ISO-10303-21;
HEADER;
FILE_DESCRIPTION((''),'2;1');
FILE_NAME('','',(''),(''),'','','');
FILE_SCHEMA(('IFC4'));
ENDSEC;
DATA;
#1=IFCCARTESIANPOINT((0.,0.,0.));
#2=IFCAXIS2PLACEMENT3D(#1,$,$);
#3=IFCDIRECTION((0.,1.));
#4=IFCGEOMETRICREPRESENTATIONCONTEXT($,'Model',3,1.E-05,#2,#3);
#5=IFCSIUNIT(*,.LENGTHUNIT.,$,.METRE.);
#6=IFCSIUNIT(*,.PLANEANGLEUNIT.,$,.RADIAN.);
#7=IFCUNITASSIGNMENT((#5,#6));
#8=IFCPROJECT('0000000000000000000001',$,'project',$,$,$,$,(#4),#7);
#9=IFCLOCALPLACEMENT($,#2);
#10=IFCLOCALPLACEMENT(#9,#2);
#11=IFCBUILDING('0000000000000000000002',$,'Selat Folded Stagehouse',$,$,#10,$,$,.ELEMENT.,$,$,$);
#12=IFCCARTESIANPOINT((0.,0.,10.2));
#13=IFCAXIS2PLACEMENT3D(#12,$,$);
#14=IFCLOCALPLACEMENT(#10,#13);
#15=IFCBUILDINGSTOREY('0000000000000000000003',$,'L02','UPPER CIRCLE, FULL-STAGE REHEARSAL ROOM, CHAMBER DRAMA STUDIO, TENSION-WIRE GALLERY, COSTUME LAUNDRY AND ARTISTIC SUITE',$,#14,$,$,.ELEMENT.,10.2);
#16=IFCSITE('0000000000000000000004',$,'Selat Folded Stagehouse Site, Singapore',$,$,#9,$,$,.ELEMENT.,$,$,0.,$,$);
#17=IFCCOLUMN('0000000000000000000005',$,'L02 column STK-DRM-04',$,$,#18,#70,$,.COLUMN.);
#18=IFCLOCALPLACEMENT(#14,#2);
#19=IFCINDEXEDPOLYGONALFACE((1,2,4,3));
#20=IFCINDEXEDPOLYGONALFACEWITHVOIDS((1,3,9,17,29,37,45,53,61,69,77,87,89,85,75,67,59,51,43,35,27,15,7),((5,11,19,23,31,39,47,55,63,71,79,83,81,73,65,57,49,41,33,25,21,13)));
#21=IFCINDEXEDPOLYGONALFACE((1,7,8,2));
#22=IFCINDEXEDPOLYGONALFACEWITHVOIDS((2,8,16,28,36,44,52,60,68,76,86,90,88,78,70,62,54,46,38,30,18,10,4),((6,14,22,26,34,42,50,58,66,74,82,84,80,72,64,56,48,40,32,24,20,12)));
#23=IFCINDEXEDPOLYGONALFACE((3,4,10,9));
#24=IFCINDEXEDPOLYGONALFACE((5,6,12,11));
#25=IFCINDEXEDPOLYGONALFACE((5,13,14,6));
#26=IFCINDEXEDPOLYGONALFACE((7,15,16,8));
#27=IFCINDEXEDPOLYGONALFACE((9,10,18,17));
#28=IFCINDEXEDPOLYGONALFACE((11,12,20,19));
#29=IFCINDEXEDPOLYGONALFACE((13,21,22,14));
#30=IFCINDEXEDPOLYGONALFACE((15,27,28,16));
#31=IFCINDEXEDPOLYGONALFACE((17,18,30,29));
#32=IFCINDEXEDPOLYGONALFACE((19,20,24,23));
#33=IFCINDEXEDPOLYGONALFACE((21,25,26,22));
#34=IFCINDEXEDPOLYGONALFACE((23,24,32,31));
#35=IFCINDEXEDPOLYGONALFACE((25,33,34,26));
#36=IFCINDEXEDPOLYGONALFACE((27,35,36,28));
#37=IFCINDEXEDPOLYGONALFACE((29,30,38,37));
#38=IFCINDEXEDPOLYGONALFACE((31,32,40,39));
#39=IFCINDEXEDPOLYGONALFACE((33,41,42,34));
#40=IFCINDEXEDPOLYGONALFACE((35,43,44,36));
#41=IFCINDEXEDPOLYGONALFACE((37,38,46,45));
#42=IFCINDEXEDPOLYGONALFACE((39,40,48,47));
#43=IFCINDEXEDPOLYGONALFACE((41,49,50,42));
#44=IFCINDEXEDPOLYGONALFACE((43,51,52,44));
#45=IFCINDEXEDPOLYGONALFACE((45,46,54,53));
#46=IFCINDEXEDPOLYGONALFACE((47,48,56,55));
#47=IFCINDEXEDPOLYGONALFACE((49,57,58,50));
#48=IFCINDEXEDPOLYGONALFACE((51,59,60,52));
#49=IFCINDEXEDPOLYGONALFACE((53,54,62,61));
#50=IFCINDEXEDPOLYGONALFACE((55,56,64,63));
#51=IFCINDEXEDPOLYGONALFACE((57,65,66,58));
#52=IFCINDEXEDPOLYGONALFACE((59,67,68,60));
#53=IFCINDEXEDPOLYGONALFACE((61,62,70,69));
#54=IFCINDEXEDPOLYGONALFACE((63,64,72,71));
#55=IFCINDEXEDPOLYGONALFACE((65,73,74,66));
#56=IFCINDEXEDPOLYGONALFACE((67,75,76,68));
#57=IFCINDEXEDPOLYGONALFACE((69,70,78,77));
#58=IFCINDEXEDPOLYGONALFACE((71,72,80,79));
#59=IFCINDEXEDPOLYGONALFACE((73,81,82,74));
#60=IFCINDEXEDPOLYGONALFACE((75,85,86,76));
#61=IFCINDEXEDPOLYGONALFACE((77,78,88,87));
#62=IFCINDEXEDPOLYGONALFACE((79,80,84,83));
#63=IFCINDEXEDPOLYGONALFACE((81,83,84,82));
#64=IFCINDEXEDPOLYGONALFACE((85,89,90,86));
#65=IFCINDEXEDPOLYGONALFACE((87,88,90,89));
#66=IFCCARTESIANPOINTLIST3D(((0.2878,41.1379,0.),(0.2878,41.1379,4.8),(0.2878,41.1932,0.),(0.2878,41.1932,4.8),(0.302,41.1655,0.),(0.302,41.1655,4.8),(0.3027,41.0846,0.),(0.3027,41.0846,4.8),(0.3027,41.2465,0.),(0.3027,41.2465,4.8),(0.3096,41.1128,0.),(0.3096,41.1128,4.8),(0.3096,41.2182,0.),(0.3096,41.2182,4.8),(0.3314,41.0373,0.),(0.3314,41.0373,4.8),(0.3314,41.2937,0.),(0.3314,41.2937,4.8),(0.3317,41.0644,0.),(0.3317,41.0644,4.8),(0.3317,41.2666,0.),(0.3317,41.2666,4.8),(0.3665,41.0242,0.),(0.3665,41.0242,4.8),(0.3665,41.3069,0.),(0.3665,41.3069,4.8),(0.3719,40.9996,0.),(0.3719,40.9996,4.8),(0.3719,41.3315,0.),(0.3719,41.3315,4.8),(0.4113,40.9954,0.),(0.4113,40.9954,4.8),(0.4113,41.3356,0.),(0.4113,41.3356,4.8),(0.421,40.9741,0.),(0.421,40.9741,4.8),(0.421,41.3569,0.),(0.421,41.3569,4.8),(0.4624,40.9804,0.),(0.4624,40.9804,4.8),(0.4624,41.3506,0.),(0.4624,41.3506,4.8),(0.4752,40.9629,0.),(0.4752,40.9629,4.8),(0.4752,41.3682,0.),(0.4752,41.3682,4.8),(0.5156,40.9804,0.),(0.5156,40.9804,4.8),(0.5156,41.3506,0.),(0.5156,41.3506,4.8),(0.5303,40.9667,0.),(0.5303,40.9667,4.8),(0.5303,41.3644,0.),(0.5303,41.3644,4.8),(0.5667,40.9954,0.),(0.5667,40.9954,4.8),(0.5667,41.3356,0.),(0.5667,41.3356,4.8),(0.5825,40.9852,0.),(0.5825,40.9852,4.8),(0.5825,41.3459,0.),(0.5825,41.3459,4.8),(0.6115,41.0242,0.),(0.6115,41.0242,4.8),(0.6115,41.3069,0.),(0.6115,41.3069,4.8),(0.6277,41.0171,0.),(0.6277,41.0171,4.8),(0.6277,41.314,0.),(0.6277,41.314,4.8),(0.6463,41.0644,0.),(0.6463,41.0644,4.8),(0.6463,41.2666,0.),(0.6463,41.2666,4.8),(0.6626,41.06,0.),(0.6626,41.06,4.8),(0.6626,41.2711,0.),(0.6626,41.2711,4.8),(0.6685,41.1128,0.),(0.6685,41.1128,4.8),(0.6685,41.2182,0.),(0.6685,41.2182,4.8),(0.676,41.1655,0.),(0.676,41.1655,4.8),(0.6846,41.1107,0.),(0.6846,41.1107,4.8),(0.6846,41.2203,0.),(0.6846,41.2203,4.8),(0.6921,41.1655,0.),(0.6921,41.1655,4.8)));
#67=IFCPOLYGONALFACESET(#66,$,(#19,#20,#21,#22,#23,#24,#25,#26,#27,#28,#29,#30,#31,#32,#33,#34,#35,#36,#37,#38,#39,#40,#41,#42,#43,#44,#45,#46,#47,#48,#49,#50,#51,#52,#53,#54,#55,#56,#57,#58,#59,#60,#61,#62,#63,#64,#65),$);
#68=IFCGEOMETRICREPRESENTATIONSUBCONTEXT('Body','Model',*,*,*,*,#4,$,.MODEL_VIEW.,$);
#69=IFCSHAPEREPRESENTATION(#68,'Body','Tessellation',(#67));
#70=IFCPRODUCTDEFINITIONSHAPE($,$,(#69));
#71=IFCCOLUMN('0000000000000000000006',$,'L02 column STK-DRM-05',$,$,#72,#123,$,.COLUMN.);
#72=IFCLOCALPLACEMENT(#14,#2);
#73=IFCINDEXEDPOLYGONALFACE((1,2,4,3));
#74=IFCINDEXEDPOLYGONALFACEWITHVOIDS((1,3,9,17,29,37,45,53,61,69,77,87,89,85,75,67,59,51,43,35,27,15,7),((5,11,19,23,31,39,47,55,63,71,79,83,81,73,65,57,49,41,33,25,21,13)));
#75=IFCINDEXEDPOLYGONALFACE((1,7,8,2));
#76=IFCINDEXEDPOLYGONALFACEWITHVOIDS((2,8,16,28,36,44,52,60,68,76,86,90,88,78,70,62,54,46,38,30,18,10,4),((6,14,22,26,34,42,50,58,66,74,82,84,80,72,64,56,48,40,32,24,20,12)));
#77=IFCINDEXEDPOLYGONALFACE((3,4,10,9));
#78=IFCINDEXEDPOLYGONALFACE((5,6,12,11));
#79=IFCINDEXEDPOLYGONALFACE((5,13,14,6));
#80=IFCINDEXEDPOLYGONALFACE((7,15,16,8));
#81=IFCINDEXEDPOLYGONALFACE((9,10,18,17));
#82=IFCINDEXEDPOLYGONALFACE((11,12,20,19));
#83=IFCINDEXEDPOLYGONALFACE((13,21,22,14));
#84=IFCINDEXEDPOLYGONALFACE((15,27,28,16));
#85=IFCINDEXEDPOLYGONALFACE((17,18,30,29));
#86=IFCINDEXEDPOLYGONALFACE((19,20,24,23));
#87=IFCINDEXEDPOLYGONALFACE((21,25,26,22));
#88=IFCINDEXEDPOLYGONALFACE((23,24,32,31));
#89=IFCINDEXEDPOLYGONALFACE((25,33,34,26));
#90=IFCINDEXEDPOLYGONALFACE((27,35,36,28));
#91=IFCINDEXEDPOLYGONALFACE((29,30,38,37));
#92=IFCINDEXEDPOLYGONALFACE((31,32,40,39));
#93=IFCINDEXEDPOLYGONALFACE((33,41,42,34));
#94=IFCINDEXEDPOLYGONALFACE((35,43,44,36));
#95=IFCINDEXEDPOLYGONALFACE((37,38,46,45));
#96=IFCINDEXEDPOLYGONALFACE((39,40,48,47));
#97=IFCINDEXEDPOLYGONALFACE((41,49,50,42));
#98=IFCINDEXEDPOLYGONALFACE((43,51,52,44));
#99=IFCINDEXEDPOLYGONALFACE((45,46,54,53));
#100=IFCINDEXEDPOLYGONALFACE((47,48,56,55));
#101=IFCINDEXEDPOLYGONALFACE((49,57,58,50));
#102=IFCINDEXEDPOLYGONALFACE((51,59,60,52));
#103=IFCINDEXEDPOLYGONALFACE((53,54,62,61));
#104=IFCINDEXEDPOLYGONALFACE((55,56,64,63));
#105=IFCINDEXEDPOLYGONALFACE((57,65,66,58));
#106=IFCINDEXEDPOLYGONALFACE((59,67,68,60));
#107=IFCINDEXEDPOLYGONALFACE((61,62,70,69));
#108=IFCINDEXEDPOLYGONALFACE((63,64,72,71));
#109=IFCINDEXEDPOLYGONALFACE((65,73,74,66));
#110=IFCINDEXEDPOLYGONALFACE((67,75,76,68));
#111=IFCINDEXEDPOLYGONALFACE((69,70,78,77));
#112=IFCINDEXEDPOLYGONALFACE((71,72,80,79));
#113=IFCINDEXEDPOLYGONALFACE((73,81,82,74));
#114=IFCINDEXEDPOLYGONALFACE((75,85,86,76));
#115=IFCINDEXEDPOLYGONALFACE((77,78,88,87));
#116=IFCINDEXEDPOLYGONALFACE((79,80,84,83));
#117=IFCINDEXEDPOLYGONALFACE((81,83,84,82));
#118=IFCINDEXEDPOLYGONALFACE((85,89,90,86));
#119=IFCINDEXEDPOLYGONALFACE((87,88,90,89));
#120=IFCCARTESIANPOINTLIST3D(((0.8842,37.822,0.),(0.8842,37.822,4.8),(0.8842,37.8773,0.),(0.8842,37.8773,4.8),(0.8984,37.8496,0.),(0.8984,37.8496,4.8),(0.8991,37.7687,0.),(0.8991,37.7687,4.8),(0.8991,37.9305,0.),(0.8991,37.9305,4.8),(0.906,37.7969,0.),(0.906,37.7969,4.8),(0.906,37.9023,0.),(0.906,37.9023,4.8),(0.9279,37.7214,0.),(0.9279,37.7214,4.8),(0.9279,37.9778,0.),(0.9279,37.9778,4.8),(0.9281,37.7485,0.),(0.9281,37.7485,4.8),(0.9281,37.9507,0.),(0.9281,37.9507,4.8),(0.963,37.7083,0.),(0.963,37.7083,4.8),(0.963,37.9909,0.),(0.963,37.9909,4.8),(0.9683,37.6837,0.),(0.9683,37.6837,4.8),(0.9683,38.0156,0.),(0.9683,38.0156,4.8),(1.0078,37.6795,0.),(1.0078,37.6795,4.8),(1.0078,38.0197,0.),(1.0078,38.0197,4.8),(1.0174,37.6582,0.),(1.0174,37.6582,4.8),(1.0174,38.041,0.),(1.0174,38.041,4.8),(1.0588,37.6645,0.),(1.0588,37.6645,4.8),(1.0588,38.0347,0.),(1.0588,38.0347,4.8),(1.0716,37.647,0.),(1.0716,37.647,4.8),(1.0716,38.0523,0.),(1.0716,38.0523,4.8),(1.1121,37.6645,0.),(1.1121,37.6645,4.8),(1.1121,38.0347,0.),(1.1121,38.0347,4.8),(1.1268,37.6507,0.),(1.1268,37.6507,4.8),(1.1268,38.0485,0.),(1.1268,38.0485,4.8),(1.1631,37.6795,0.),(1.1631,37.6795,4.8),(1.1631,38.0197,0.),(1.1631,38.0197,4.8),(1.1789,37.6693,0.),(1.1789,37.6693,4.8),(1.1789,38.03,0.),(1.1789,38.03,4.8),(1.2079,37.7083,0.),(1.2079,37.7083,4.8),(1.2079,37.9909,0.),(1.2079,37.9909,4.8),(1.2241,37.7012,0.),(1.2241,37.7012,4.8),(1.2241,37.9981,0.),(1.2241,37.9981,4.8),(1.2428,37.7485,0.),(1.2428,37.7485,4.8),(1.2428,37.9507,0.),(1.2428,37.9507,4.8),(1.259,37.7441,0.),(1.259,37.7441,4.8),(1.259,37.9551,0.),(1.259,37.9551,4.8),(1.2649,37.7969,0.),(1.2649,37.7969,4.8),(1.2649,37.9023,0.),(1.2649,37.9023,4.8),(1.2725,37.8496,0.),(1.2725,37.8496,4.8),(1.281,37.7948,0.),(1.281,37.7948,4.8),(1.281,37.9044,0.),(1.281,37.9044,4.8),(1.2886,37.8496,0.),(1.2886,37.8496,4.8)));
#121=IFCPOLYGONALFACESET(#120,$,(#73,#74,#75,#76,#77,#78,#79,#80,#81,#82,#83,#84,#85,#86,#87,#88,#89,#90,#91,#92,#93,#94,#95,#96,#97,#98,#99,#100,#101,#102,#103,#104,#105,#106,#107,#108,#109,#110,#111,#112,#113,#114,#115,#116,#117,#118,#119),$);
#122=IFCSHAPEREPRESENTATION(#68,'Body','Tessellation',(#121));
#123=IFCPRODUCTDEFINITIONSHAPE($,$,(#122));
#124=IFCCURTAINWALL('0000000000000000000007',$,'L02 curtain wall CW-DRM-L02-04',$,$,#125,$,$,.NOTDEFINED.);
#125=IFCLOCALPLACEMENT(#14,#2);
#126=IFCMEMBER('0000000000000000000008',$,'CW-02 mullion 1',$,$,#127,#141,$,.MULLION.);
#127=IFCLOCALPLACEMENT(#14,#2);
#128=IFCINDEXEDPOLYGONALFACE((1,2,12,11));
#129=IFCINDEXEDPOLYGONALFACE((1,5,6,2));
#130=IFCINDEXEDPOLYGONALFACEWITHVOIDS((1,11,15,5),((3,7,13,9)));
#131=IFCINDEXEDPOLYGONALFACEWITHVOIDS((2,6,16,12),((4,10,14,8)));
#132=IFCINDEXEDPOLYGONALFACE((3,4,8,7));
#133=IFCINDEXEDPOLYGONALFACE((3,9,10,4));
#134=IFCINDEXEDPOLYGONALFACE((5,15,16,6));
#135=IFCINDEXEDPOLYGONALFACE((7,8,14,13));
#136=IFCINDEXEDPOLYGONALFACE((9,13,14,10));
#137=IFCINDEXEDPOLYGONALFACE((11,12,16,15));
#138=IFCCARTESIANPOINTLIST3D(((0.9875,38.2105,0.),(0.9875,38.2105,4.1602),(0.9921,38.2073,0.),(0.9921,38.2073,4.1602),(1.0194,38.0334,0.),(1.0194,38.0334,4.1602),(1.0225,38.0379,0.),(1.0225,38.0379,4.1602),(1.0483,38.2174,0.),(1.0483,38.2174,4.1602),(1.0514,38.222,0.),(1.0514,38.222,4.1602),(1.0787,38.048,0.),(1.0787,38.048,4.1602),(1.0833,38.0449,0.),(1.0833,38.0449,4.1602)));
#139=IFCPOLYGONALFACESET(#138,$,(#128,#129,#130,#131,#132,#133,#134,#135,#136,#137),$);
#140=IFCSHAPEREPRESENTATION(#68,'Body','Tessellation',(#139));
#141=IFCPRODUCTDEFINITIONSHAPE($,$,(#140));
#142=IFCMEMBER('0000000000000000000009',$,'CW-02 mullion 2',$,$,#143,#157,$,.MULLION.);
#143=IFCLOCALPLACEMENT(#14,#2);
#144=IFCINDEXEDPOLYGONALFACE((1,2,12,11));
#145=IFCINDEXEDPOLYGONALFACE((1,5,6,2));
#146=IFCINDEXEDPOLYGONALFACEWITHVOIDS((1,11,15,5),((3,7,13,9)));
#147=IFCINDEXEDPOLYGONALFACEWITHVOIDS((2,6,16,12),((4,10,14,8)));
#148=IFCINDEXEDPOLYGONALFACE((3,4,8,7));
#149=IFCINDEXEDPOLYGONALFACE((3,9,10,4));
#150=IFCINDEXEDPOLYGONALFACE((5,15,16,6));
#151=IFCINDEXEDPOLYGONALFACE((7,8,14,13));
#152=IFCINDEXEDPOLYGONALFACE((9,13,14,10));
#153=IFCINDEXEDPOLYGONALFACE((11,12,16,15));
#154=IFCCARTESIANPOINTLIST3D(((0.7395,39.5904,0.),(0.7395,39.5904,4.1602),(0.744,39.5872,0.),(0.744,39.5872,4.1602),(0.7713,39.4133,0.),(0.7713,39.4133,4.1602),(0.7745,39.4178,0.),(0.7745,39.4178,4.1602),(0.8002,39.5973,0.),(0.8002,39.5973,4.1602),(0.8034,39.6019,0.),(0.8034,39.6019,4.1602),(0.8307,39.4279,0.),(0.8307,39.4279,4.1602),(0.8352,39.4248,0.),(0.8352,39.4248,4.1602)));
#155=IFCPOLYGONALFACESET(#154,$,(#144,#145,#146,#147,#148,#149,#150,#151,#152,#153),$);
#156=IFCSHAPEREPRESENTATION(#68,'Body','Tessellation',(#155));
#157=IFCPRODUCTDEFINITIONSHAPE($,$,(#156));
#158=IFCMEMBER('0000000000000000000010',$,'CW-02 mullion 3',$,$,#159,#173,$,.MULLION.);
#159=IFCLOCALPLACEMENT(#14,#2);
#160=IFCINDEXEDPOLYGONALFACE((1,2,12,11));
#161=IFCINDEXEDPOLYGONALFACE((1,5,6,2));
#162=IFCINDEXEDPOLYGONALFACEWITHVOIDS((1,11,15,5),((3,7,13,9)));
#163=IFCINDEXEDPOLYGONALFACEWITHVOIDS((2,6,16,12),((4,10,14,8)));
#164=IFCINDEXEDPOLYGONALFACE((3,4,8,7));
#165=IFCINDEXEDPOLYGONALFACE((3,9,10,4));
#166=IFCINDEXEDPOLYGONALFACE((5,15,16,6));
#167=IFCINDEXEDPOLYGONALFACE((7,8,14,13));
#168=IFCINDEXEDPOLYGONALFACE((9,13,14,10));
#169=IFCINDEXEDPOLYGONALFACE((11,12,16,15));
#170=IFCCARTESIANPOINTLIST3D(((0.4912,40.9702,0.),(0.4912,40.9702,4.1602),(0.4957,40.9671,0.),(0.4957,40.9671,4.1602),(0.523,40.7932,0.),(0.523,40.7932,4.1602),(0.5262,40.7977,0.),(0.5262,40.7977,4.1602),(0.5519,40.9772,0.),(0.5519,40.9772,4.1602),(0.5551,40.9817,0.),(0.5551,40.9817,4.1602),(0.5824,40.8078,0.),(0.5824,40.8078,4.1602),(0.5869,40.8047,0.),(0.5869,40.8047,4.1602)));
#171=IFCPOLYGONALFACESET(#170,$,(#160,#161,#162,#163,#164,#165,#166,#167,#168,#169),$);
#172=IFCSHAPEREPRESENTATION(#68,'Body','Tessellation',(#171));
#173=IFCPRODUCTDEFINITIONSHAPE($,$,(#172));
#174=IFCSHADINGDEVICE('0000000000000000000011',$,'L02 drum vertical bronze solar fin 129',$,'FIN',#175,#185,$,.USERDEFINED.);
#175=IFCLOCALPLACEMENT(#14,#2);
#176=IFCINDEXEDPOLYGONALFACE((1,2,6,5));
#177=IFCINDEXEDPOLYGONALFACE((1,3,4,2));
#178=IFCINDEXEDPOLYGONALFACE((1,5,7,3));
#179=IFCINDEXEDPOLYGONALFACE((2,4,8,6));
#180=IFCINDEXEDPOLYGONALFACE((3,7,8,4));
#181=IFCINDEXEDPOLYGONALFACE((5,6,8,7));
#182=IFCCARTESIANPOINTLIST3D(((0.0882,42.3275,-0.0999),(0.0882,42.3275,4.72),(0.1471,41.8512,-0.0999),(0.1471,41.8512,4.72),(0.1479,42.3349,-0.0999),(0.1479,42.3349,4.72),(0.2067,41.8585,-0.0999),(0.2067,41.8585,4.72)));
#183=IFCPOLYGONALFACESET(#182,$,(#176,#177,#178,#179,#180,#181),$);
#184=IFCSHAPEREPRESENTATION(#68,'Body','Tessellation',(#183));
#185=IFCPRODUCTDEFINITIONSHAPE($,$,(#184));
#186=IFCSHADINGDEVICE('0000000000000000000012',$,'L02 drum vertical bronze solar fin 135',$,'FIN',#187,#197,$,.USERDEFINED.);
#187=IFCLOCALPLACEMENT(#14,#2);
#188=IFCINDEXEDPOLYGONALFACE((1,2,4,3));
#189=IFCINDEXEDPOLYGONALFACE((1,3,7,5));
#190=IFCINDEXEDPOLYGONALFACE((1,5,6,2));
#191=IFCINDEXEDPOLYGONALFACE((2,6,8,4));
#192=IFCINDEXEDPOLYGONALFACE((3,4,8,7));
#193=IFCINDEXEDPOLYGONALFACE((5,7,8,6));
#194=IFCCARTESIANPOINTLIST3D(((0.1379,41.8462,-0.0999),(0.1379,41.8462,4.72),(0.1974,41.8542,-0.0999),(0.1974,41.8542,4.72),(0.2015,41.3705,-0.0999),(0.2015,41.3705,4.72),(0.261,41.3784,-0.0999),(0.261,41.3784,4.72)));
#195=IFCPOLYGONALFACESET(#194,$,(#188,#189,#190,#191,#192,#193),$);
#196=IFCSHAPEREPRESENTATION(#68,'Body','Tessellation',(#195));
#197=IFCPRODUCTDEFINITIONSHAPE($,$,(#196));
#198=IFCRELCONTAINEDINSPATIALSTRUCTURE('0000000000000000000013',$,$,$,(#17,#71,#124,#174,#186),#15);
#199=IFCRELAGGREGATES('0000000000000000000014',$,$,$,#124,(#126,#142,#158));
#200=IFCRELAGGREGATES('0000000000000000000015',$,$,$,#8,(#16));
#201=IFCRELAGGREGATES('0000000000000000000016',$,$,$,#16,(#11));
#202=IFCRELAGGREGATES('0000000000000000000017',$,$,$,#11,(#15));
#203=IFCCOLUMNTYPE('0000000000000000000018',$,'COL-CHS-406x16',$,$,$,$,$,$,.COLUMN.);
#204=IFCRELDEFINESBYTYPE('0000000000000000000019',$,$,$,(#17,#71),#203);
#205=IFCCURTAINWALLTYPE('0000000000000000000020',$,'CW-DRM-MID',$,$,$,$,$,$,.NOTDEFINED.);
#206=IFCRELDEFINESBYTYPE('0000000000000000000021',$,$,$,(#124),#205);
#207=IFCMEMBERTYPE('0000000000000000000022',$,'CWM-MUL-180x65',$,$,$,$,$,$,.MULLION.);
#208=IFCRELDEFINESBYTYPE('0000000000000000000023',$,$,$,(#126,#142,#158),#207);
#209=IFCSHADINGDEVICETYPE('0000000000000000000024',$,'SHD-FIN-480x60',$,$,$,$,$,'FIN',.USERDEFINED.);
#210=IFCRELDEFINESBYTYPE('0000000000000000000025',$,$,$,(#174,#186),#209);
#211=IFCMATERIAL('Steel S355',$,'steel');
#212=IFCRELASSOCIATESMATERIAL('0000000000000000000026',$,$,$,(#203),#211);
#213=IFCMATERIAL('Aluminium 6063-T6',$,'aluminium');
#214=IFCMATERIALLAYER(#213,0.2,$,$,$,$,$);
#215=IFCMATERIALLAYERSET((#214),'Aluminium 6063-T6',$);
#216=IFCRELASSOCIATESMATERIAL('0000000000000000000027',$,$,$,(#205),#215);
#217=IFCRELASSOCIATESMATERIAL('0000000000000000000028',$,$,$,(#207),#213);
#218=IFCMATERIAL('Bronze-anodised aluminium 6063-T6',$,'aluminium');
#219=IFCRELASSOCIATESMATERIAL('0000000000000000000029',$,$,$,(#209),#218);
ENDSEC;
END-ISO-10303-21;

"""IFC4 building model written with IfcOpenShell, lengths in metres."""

from ifc_helpers import new_model, si_unit, direction, frame, origin, origin_2d, place, context, subcontext, project, spatial, rectangle, hollow_rectangle, hollow_circle, extrude, material, layer, layer_set, material_profile, profile_set, type_object, element, aggregate, save


model = new_model("IFC4")

# Units and contexts
model_context = context("Model", 3, precision=1e-05, world=origin(), true_north=direction((0.0, 1.0)))
body_context = subcontext(model_context, "Body", "Model", "MODEL_VIEW")
ifc_project = project(units=[si_unit("LENGTHUNIT", "METRE"), si_unit("PLANEANGLEUNIT", "RADIAN")], contexts=[model_context])

# Site, building, storey
site_placement = place(None, origin())
site = spatial("IfcSite", under=ifc_project, at=site_placement, Name="Selat Folded Stagehouse Site, Singapore", CompositionType="ELEMENT", RefElevation=0.0)
building_placement = place(site_placement, origin())
building = spatial("IfcBuilding", under=site, at=building_placement, Name="Selat Folded Stagehouse", CompositionType="ELEMENT")
storey_placement = place(building_placement, frame((0.0, 0.0, 10.2)))
storey = spatial("IfcBuildingStorey", under=building, at=storey_placement, Name="L02", Description="UPPER CIRCLE, FULL-STAGE REHEARSAL ROOM, CHAMBER DRAMA STUDIO, TENSION-WIRE GALLERY, COSTUME LAUNDRY AND ARTISTIC SUITE", CompositionType="ELEMENT", Elevation=10.2)

# Columns
ifc_material_1 = material(Name="Steel S355", Category="steel")
ifc_material_profile_1 = material_profile(ifc_material_1, hollow_circle(Radius=0.2031, WallThickness=0.0161, at=origin_2d()), Name="CHS 406.4x16.0")
ifc_profile_set_1 = profile_set([ifc_material_profile_1], Name="Steel S355")
column_type = type_object("IfcColumnType", Name="COL-CHS-406x16", PredefinedType="COLUMN", material=ifc_profile_set_1)
for number, where, z_axis, x_axis, name in (
    (1, (0.489, 41.1655, 0.0), (0.0, 0.0, 1.0), (1.0, 0.0, 0.0), "L02 column STK-DRM-04"),
    (2, (1.0854, 37.8496, 0.0), (0.0, 0.0, 1.0), (1.0, 0.0, 0.0), "L02 column STK-DRM-05"),
):
    element("IfcColumn", number, at=place(storey_placement, frame(where, z_axis=z_axis, x_axis=x_axis)), inside=storey, type_object=column_type, Name=name, PredefinedType="COLUMN", context=body_context, shape_type="SweptSolid", body=[
        extrude(hollow_circle(Radius=0.2031, WallThickness=0.0161, at=origin_2d()), origin(), (0.0, 0.0, 1.0), 4.8),
    ])

# Curtain wall, members
ifc_material_2 = material(Name="Aluminium 6063-T6", Category="aluminium")
ifc_layer = layer(ifc_material_2, 0.2)
ifc_layer_set = layer_set([ifc_layer], Name="Aluminium 6063-T6")
curtain_wall_type = type_object("IfcCurtainWallType", Name="CW-DRM-MID", PredefinedType="NOTDEFINED", material=ifc_layer_set)
curtain_wall_placement = place(storey_placement, origin())
curtain_wall = element("IfcCurtainWall", 3, at=curtain_wall_placement, inside=storey, type_object=curtain_wall_type, Name="L02 curtain wall CW-DRM-L02-04", PredefinedType="NOTDEFINED")
ifc_material_profile_2 = material_profile(ifc_material_2, hollow_rectangle(XDim=0.0649, YDim=0.1799, WallThickness=0.0039, at=origin_2d()), Name="ALU 180x65x4.0")
ifc_profile_set_2 = profile_set([ifc_material_profile_2], Name="Aluminium 6063-T6")
member_type = type_object("IfcMemberType", Name="CWM-MUL-180x65", PredefinedType="MULLION", material=ifc_profile_set_2)
member_1_placement = place(storey_placement, frame((1.0354, 38.1277, 0.0), z_axis=(0.0, 0.0, 1.0), x_axis=(-0.984211, -0.177002, 0.0)))
member_1 = element("IfcMember", 4, at=member_1_placement, type_object=member_type, Name="CW-02 mullion 1", PredefinedType="MULLION", context=body_context, shape_type="SweptSolid", body=[
    extrude(hollow_rectangle(XDim=0.0649, YDim=0.1799, WallThickness=0.0039, at=origin_2d()), origin(), (0.0, 0.0, 1.0), 4.1602),
])
member_2_placement = place(storey_placement, frame((0.7874, 39.5076, 0.0), z_axis=(0.0, 0.0, 1.0), x_axis=(-0.984211, -0.177002, 0.0)))
member_2 = element("IfcMember", 5, at=member_2_placement, type_object=member_type, Name="CW-02 mullion 2", PredefinedType="MULLION", context=body_context, shape_type="SweptSolid", body=[
    extrude(hollow_rectangle(XDim=0.0649, YDim=0.1799, WallThickness=0.0039, at=origin_2d()), origin(), (0.0, 0.0, 1.0), 4.1602),
])
member_3_placement = place(storey_placement, frame((0.5391, 40.8875, 0.0), z_axis=(0.0, 0.0, 1.0), x_axis=(-0.984211, -0.177002, 0.0)))
member_3 = element("IfcMember", 6, at=member_3_placement, type_object=member_type, Name="CW-02 mullion 3", PredefinedType="MULLION", context=body_context, shape_type="SweptSolid", body=[
    extrude(hollow_rectangle(XDim=0.0649, YDim=0.1799, WallThickness=0.0039, at=origin_2d()), origin(), (0.0, 0.0, 1.0), 4.1602),
])
aggregate(curtain_wall, [member_1, member_2, member_3])

# Shading devices
ifc_material_3 = material(Name="Bronze-anodised aluminium 6063-T6", Category="aluminium")
ifc_material_profile_3 = material_profile(ifc_material_3, rectangle(XDim=0.0601, YDim=0.48, at=origin_2d()), Name="SOLAR-FIN 480x60")
ifc_profile_set_3 = profile_set([ifc_material_profile_3], Name="Bronze-anodised aluminium 6063-T6")
shading_device_type = type_object("IfcShadingDeviceType", Name="SHD-FIN-480x60", ElementType="FIN", PredefinedType="USERDEFINED", material=ifc_profile_set_3)
for number, where, z_axis, x_axis, name in (
    (7, (0.1475, 42.093, -0.0999), (0.0, 0.0, 1.0), (-0.992461, -0.122562, 0.0), "L02 drum vertical bronze solar fin 129"),
    (8, (0.1995, 41.6123, -0.0999), (0.0, 0.0, 1.0), (-0.991192, -0.132429, 0.0), "L02 drum vertical bronze solar fin 135"),
):
    element("IfcShadingDevice", number, at=place(storey_placement, frame(where, z_axis=z_axis, x_axis=x_axis)), inside=storey, type_object=shading_device_type, Name=name, ObjectType="FIN", PredefinedType="USERDEFINED", context=body_context, shape_type="SweptSolid", body=[
        extrude(rectangle(XDim=0.0601, YDim=0.48, at=origin_2d()), origin(), (0.0, 0.0, 1.0), 4.8198),
    ])

save(model, "model.ifc")
